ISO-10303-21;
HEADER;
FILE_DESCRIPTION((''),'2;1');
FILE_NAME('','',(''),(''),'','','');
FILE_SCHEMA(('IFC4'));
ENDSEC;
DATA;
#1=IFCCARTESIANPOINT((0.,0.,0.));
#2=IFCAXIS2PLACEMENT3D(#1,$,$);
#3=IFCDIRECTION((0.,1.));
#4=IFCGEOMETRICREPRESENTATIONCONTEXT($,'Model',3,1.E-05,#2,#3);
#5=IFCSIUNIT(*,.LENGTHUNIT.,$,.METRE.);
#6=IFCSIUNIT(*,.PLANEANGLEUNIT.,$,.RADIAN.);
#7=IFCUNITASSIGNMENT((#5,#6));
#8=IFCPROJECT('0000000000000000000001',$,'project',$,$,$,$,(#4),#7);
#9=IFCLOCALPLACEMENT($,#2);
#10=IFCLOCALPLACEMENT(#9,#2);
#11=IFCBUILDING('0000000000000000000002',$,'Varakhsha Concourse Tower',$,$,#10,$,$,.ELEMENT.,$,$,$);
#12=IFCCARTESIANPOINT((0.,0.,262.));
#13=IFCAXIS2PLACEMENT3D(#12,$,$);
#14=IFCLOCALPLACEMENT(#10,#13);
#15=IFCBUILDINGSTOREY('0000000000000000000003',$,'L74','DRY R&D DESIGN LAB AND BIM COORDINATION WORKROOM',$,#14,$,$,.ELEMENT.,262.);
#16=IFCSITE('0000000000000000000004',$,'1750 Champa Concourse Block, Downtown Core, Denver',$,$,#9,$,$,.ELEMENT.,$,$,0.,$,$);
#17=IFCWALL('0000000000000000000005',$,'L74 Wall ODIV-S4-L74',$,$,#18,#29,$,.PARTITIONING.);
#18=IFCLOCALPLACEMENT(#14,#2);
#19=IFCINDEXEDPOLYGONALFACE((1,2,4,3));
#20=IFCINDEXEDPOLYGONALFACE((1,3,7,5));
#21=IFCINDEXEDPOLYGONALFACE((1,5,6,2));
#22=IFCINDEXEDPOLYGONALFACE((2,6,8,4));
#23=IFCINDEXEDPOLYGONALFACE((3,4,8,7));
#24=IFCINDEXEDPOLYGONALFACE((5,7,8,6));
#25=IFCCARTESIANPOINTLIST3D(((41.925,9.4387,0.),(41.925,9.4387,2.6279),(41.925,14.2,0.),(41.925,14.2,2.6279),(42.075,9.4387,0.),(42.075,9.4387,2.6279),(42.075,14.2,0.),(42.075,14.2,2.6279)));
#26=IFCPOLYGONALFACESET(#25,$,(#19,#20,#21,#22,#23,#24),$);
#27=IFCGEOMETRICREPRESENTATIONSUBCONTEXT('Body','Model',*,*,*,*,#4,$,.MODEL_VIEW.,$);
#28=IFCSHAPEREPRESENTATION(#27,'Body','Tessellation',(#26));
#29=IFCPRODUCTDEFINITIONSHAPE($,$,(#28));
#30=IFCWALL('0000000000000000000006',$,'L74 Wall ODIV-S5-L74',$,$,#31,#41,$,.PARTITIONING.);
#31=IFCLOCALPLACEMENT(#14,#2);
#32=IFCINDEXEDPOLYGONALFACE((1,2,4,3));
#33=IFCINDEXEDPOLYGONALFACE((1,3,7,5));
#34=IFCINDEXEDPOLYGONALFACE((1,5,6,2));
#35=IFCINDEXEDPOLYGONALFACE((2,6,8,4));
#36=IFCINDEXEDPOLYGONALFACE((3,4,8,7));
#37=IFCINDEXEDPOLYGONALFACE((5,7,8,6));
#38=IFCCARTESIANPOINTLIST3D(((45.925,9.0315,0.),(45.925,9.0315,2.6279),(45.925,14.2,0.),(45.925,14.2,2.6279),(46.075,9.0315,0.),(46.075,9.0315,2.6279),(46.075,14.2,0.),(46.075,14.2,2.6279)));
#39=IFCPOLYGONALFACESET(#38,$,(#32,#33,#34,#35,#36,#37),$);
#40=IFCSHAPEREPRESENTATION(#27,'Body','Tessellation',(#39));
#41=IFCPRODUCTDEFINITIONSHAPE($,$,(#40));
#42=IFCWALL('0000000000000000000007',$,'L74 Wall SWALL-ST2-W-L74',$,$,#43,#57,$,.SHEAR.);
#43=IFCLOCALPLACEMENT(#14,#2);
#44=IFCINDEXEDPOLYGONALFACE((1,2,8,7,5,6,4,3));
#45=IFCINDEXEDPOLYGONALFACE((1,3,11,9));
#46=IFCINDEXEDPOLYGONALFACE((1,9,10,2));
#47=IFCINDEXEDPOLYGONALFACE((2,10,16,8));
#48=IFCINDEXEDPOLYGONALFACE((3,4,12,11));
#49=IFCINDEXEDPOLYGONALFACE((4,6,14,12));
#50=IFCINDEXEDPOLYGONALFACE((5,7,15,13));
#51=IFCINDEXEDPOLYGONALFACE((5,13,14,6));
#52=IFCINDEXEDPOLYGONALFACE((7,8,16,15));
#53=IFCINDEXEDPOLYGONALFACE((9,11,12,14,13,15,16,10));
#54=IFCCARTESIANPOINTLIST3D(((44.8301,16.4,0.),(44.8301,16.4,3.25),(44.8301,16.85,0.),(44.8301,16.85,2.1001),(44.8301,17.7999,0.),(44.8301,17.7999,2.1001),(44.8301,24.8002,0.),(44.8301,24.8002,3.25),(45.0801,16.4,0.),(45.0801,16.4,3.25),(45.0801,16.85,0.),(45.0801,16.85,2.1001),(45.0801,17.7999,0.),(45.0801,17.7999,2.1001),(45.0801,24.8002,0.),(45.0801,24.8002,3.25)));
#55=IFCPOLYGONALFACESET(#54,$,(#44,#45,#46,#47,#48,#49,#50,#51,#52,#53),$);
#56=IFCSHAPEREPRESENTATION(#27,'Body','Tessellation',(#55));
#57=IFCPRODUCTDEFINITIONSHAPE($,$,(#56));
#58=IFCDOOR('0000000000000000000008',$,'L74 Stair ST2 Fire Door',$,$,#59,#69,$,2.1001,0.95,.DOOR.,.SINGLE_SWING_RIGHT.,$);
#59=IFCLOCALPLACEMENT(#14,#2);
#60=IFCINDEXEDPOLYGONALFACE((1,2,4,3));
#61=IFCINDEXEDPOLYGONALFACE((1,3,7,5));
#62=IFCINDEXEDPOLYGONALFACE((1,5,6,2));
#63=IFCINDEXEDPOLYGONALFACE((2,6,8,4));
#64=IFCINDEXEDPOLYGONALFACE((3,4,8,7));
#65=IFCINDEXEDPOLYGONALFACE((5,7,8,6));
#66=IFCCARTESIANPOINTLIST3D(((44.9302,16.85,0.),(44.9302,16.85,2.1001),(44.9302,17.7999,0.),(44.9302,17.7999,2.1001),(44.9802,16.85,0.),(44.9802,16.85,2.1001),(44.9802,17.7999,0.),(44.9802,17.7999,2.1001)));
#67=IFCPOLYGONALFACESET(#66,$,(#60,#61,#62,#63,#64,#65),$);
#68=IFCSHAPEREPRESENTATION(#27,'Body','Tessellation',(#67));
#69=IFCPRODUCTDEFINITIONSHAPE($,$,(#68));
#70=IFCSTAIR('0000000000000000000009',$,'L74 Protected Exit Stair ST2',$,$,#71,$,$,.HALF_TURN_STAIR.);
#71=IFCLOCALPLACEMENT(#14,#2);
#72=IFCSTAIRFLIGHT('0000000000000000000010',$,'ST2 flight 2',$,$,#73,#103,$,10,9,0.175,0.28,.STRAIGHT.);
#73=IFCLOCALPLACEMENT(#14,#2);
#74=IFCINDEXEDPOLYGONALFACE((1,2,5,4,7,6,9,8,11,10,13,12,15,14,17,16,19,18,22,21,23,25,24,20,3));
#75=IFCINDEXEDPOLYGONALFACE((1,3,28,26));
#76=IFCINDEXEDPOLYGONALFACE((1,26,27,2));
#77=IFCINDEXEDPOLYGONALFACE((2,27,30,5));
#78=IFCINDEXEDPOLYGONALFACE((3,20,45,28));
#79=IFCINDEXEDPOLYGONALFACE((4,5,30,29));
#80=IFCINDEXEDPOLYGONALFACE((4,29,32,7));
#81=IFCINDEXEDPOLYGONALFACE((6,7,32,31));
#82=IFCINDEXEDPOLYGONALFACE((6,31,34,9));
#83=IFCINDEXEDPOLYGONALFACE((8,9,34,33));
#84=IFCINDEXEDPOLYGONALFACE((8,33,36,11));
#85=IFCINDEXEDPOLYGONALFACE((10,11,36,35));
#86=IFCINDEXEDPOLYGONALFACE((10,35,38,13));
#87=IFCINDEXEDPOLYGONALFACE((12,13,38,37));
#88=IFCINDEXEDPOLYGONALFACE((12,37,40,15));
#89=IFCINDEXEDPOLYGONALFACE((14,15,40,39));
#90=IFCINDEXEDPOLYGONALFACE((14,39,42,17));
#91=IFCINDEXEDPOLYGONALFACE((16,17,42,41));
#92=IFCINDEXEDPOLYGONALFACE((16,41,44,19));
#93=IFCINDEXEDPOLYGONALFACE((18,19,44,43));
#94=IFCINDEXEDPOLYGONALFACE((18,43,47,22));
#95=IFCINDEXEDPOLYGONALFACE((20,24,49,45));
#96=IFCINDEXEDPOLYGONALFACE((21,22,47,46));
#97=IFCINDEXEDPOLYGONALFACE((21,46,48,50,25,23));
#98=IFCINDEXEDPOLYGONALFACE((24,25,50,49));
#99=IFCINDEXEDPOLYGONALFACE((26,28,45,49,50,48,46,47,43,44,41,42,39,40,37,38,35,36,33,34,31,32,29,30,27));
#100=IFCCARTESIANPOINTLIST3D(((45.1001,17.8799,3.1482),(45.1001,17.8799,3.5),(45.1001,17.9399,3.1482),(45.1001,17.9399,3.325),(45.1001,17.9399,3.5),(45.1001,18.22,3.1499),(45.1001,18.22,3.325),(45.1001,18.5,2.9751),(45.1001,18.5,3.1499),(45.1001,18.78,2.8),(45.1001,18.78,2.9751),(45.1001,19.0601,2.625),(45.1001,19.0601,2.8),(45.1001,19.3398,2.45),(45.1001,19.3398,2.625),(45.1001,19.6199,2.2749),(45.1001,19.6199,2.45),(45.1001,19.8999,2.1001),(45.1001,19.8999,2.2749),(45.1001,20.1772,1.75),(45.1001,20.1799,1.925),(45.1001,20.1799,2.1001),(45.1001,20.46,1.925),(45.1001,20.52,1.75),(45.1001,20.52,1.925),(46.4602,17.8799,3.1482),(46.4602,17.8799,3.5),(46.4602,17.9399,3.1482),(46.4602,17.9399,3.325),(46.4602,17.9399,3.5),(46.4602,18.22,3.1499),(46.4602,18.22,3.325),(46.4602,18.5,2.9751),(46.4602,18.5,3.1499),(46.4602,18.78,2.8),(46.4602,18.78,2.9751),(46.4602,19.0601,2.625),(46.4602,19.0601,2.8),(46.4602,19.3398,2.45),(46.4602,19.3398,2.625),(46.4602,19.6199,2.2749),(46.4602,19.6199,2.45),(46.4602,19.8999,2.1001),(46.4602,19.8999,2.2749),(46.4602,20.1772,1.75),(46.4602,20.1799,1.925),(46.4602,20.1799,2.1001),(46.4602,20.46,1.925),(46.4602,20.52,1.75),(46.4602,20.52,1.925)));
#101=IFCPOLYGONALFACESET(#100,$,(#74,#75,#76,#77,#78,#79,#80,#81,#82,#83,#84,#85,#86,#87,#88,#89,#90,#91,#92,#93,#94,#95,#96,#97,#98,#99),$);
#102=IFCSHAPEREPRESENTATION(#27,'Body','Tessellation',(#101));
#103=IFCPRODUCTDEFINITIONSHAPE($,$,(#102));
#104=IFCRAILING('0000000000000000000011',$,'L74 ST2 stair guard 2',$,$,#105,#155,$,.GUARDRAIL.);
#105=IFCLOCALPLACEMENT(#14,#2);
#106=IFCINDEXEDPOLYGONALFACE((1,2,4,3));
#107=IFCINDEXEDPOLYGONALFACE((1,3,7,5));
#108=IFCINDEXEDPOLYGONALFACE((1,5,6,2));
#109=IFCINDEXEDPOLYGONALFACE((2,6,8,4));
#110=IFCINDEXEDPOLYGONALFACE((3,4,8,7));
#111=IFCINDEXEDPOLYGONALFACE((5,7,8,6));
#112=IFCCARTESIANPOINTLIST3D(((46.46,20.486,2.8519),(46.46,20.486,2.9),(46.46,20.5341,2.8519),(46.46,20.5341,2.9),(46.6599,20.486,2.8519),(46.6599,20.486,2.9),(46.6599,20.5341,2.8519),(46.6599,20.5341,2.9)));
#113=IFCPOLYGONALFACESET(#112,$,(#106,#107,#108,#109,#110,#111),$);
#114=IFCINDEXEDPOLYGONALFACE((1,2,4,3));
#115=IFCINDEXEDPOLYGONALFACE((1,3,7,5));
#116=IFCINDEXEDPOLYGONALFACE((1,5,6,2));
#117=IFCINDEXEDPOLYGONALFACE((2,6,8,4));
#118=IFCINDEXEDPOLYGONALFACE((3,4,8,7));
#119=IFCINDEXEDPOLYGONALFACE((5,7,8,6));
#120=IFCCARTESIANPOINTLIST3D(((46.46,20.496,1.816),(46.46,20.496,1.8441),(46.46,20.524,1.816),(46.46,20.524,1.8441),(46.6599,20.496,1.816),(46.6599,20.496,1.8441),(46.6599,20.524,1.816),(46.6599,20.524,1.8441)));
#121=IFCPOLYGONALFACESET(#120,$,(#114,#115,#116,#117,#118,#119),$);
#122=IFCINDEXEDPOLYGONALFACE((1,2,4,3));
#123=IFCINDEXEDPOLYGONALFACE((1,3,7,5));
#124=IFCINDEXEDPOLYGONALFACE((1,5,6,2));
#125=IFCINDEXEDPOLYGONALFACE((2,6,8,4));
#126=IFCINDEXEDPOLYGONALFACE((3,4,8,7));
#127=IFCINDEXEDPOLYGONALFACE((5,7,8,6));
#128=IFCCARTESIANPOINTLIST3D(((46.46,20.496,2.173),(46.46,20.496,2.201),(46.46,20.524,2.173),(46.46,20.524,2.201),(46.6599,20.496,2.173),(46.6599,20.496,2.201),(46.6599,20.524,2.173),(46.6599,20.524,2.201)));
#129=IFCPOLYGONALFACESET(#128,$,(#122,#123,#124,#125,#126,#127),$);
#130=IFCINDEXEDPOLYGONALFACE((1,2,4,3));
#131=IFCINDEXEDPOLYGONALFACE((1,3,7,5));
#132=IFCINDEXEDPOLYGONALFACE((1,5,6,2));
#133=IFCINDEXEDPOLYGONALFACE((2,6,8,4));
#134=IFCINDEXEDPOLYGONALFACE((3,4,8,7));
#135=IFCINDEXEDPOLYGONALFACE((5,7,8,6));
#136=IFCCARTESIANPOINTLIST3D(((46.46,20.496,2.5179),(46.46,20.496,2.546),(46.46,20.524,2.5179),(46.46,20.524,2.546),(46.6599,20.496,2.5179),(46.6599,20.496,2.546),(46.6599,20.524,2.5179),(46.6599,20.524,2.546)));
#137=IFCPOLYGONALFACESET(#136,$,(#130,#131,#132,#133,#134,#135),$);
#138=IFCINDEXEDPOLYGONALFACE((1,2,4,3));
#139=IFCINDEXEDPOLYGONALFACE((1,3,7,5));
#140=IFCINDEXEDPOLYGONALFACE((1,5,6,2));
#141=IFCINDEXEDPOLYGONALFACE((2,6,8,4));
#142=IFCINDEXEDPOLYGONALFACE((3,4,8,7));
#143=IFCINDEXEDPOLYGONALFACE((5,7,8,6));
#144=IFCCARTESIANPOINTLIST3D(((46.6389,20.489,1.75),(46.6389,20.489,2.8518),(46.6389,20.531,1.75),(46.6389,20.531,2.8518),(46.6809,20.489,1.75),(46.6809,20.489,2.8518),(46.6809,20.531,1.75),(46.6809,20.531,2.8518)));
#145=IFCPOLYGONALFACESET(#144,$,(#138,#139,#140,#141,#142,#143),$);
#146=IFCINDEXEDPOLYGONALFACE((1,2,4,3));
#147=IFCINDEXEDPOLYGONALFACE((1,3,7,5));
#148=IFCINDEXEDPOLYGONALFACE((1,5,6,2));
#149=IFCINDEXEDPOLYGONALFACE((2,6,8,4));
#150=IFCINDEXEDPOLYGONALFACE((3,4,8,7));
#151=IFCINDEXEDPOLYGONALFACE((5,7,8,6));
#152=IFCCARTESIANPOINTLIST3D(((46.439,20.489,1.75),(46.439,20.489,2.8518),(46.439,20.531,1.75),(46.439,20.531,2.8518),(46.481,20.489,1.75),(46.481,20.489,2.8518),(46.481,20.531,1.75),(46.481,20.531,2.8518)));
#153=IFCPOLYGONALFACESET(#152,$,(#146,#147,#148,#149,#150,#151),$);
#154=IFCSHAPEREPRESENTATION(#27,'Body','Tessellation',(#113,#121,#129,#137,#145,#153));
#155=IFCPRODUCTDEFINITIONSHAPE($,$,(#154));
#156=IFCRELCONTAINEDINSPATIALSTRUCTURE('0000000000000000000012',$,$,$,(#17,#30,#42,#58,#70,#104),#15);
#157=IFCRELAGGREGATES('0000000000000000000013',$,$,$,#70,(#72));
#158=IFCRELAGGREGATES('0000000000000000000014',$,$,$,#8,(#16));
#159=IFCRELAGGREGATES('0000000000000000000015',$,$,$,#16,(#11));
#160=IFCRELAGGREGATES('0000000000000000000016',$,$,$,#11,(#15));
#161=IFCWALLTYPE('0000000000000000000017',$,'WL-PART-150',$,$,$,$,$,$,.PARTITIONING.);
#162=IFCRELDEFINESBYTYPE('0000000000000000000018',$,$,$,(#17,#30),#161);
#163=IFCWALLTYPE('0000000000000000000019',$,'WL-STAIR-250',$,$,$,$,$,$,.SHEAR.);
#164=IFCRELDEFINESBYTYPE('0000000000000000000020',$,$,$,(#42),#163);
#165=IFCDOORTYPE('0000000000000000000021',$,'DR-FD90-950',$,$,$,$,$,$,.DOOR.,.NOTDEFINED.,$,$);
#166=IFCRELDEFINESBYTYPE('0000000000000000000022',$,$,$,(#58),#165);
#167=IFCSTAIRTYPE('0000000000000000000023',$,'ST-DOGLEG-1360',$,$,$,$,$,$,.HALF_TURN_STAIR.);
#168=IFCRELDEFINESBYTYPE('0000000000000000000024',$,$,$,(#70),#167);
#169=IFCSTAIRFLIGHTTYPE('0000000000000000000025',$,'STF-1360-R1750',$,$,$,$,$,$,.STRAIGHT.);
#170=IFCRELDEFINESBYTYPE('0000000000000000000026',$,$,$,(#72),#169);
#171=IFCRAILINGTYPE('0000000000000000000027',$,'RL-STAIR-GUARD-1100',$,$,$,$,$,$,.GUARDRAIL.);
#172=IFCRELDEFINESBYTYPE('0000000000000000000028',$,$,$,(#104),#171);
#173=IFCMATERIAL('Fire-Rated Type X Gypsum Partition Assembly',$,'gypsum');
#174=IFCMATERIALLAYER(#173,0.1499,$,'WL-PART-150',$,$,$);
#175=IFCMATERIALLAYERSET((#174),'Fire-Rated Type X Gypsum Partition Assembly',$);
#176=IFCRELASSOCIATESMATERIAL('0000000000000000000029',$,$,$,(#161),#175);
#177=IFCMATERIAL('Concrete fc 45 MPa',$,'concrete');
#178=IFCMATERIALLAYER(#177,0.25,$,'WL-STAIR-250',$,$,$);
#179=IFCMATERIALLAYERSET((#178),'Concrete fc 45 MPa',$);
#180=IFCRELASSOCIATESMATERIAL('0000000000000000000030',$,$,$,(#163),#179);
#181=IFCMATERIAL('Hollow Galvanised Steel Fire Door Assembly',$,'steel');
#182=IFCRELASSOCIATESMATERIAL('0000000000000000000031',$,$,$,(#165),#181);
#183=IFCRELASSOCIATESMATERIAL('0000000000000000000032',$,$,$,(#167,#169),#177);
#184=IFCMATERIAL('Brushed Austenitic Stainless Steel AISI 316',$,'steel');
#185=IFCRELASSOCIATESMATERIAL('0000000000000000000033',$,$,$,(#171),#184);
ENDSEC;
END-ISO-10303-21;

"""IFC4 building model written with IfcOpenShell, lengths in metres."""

from ifc_helpers import new_model, si_unit, direction, frame, frame_2d, origin, origin_2d, place, context, subcontext, project, spatial, polyline, rectangle, outline, extrude, material, layer, layer_set, type_object, element, fill, aggregate, save


model = new_model("IFC4")

# Units and contexts
model_context = context("Model", 3, precision=1e-05, world=origin(), true_north=direction((0.0, 1.0)))
body_context = subcontext(model_context, "Body", "Model", "MODEL_VIEW")
ifc_project = project(units=[si_unit("LENGTHUNIT", "METRE"), si_unit("PLANEANGLEUNIT", "RADIAN")], contexts=[model_context])

# Site, building, storey
site_placement = place(None, origin())
site = spatial("IfcSite", under=ifc_project, at=site_placement, Name="1750 Champa Concourse Block, Downtown Core, Denver", CompositionType="ELEMENT", RefElevation=0.0)
building_placement = place(site_placement, origin())
building = spatial("IfcBuilding", under=site, at=building_placement, Name="Varakhsha Concourse Tower", CompositionType="ELEMENT")
storey_placement = place(building_placement, frame((0.0, 0.0, 262.0)))
storey = spatial("IfcBuildingStorey", under=building, at=storey_placement, Name="L74", Description="DRY R&D DESIGN LAB AND BIM COORDINATION WORKROOM", CompositionType="ELEMENT", Elevation=262.0)

# Shared definitions
ifc_material_1 = material(Name="Fire-Rated Type X Gypsum Partition Assembly", Category="gypsum")
ifc_material_2 = material(Name="Hollow Galvanised Steel Fire Door Assembly", Category="steel")

# Walls
ifc_layer_1 = layer(ifc_material_1, 0.1499, Name="WL-PART-150")
ifc_layer_set_1 = layer_set([ifc_layer_1], Name="Fire-Rated Type X Gypsum Partition Assembly")
wall_type_1 = type_object("IfcWallType", Name="WL-PART-150", PredefinedType="PARTITIONING", material=ifc_layer_set_1)
wall_1_placement = place(storey_placement, frame((42.0, 9.4387, 0.0), z_axis=(0.0, 0.0, 1.0), x_axis=(0.0, 1.0, 0.0)))
element("IfcWall", 1, at=wall_1_placement, inside=storey, type_object=wall_type_1, Name="L74 Wall ODIV-S4-L74", PredefinedType="PARTITIONING", context=body_context, shape_type="SweptSolid", body=[
    extrude(rectangle(XDim=4.7612, YDim=0.1499, at=frame_2d((2.3806, 0.0))), origin(), (0.0, 0.0, 1.0), 2.6279),
])
wall_2_placement = place(storey_placement, frame((46.0, 9.0315, 0.0), z_axis=(0.0, 0.0, 1.0), x_axis=(0.0, 1.0, 0.0)))
element("IfcWall", 2, at=wall_2_placement, inside=storey, type_object=wall_type_1, Name="L74 Wall ODIV-S5-L74", PredefinedType="PARTITIONING", context=body_context, shape_type="SweptSolid", body=[
    extrude(rectangle(XDim=5.1685, YDim=0.1499, at=frame_2d((2.5842, 0.0))), origin(), (0.0, 0.0, 1.0), 2.6279),
])

# Wall, opening, door
ifc_material_3 = material(Name="Concrete fc 45 MPa", Category="concrete")
ifc_layer_2 = layer(ifc_material_3, 0.25, Name="WL-STAIR-250")
ifc_layer_set_2 = layer_set([ifc_layer_2], Name="Concrete fc 45 MPa")
wall_type_2 = type_object("IfcWallType", Name="WL-STAIR-250", PredefinedType="SHEAR", material=ifc_layer_set_2)
wall_3_placement = place(storey_placement, frame((44.9551, 16.3999, 0.0), z_axis=(0.0, 0.0, 1.0), x_axis=(0.0, 1.0, 0.0)))
wall_3 = element("IfcWall", 3, at=wall_3_placement, inside=storey, type_object=wall_type_2, Name="L74 Wall SWALL-ST2-W-L74", PredefinedType="SHEAR", context=body_context, shape_type="SweptSolid", body=[
    extrude(rectangle(XDim=8.4001, YDim=0.25, at=frame_2d((4.2002, 0.0))), origin(), (0.0, 0.0, 1.0), 3.25),
])
opening_1_placement = place(wall_3_placement, frame((0.45, 0.0, 0.0)))
opening_1 = element("IfcOpeningElement", 4, at=opening_1_placement, cuts=wall_3, PredefinedType="OPENING", context=body_context, shape_type="SweptSolid", body=[
    extrude(rectangle(XDim=0.95, YDim=2.1001, at=frame_2d((0.4751, 1.05))), frame((0.0, 0.135, 0.0), z_axis=(0.0, -1.0, 0.0), x_axis=(1.0, 0.0, 0.0)), (0.0, 0.0, 1.0), 0.27),
])
door_type_1 = type_object("IfcDoorType", Name="DR-FD90-950", OperationType="NOTDEFINED", PredefinedType="DOOR", material=ifc_material_2)
door_1_placement = place(opening_1_placement, origin())
door_1 = element("IfcDoor", 5, at=door_1_placement, inside=storey, type_object=door_type_1, Name="L74 Stair ST2 Fire Door", OperationType="SINGLE_SWING_RIGHT", OverallHeight=2.1001, OverallWidth=0.95, PredefinedType="DOOR", context=body_context, shape_type="SweptSolid", body=[
    extrude(rectangle(XDim=0.95, YDim=2.1001, at=frame_2d((0.4751, 1.05))), frame((0.0, 0.0249, 0.0), z_axis=(0.0, -1.0, 0.0), x_axis=(1.0, 0.0, 0.0)), (0.0, 0.0, 1.0), 0.05),
])
fill(opening_1, door_1)

# Stair, stair flight
stair_type = type_object("IfcStairType", Name="ST-DOGLEG-1360", PredefinedType="HALF_TURN_STAIR", material=ifc_material_3)
stair_placement = place(storey_placement, origin())
stair = element("IfcStair", 6, at=stair_placement, inside=storey, type_object=stair_type, Name="L74 Protected Exit Stair ST2", PredefinedType="HALF_TURN_STAIR")
stair_flight_type = type_object("IfcStairFlightType", Name="STF-1360-R1750", PredefinedType="STRAIGHT", material=ifc_material_3)
stair_flight_placement = place(storey_placement, frame((45.78, 20.46, 1.75), z_axis=(0.0, 0.0, 1.0), x_axis=(0.0, -1.0, 0.0)))
stair_flight = element("IfcStairFlight", 7, at=stair_flight_placement, type_object=stair_flight_type, Name="ST2 flight 2", NumberOfRisers=10, NumberOfTreads=9, PredefinedType="STRAIGHT", RiserHeight=0.175, TreadLength=0.28, context=body_context, shape_type="SweptSolid", body=[
    extrude(outline(polyline([(-0.0601, 0.0), (-0.0601, 0.175), (0.0, 0.175), (0.28, 0.175), (0.28, 0.3501), (0.5601, 0.3501), (0.5601, 0.5249), (0.8401, 0.5249), (0.8401, 0.7), (1.1201, 0.7), (1.1201, 0.875), (1.3999, 0.875), (1.3999, 1.05), (1.6799, 1.05), (1.6799, 1.2251), (1.96, 1.2251), (1.96, 1.3999), (2.24, 1.3999), (2.24, 1.575), (2.52, 1.575), (2.52, 1.75), (2.5801, 1.75), (2.5801, 1.3982), (2.52, 1.3982), (0.2827, 0.0), (-0.0601, 0.0)])), frame((0.0, 0.6802, 0.0), z_axis=(0.0, -1.0, 0.0), x_axis=(1.0, 0.0, 0.0)), (0.0, 0.0, 1.0), 1.3601),
])
aggregate(stair, [stair_flight])

# Railing
ifc_material_4 = material(Name="Brushed Austenitic Stainless Steel AISI 316", Category="steel")
railing_type_1 = type_object("IfcRailingType", Name="RL-STAIR-GUARD-1100", PredefinedType="GUARDRAIL", material=ifc_material_4)
railing_1_placement = place(storey_placement, frame((46.6599, 20.51, 1.75)))
element("IfcRailing", 8, at=railing_1_placement, inside=storey, type_object=railing_type_1, Name="L74 ST2 stair guard 2", PredefinedType="GUARDRAIL", context=body_context, shape_type="SweptSolid", body=[
    extrude(rectangle(XDim=0.0481, YDim=0.0481, at=origin_2d()), frame((0.0, 0.0, 1.126), z_axis=(-1.0, 0.0, 0.0), x_axis=(0.0, -1.0, 0.0)), (0.0, 0.0, 1.0), 0.2),
    extrude(rectangle(XDim=0.0281, YDim=0.0281, at=origin_2d()), frame((0.0, 0.0, 0.0801), z_axis=(-1.0, 0.0, 0.0), x_axis=(0.0, -1.0, 0.0)), (0.0, 0.0, 1.0), 0.2),
    extrude(rectangle(XDim=0.0281, YDim=0.0281, at=origin_2d()), frame((0.0, 0.0, 0.437), z_axis=(-1.0, 0.0, 0.0), x_axis=(0.0, -1.0, 0.0)), (0.0, 0.0, 1.0), 0.2),
    extrude(rectangle(XDim=0.0281, YDim=0.0281, at=origin_2d()), frame((0.0, 0.0, 0.782), z_axis=(-1.0, 0.0, 0.0), x_axis=(0.0, -1.0, 0.0)), (0.0, 0.0, 1.0), 0.2),
    extrude(rectangle(XDim=0.042, YDim=0.042, at=origin_2d()), origin(), (0.0, 0.0, 1.0), 1.1018),
    extrude(rectangle(XDim=0.042, YDim=0.042, at=origin_2d()), frame((-0.2, 0.0, 0.0)), (0.0, 0.0, 1.0), 1.1018),
])

save(model, "model.ifc")
